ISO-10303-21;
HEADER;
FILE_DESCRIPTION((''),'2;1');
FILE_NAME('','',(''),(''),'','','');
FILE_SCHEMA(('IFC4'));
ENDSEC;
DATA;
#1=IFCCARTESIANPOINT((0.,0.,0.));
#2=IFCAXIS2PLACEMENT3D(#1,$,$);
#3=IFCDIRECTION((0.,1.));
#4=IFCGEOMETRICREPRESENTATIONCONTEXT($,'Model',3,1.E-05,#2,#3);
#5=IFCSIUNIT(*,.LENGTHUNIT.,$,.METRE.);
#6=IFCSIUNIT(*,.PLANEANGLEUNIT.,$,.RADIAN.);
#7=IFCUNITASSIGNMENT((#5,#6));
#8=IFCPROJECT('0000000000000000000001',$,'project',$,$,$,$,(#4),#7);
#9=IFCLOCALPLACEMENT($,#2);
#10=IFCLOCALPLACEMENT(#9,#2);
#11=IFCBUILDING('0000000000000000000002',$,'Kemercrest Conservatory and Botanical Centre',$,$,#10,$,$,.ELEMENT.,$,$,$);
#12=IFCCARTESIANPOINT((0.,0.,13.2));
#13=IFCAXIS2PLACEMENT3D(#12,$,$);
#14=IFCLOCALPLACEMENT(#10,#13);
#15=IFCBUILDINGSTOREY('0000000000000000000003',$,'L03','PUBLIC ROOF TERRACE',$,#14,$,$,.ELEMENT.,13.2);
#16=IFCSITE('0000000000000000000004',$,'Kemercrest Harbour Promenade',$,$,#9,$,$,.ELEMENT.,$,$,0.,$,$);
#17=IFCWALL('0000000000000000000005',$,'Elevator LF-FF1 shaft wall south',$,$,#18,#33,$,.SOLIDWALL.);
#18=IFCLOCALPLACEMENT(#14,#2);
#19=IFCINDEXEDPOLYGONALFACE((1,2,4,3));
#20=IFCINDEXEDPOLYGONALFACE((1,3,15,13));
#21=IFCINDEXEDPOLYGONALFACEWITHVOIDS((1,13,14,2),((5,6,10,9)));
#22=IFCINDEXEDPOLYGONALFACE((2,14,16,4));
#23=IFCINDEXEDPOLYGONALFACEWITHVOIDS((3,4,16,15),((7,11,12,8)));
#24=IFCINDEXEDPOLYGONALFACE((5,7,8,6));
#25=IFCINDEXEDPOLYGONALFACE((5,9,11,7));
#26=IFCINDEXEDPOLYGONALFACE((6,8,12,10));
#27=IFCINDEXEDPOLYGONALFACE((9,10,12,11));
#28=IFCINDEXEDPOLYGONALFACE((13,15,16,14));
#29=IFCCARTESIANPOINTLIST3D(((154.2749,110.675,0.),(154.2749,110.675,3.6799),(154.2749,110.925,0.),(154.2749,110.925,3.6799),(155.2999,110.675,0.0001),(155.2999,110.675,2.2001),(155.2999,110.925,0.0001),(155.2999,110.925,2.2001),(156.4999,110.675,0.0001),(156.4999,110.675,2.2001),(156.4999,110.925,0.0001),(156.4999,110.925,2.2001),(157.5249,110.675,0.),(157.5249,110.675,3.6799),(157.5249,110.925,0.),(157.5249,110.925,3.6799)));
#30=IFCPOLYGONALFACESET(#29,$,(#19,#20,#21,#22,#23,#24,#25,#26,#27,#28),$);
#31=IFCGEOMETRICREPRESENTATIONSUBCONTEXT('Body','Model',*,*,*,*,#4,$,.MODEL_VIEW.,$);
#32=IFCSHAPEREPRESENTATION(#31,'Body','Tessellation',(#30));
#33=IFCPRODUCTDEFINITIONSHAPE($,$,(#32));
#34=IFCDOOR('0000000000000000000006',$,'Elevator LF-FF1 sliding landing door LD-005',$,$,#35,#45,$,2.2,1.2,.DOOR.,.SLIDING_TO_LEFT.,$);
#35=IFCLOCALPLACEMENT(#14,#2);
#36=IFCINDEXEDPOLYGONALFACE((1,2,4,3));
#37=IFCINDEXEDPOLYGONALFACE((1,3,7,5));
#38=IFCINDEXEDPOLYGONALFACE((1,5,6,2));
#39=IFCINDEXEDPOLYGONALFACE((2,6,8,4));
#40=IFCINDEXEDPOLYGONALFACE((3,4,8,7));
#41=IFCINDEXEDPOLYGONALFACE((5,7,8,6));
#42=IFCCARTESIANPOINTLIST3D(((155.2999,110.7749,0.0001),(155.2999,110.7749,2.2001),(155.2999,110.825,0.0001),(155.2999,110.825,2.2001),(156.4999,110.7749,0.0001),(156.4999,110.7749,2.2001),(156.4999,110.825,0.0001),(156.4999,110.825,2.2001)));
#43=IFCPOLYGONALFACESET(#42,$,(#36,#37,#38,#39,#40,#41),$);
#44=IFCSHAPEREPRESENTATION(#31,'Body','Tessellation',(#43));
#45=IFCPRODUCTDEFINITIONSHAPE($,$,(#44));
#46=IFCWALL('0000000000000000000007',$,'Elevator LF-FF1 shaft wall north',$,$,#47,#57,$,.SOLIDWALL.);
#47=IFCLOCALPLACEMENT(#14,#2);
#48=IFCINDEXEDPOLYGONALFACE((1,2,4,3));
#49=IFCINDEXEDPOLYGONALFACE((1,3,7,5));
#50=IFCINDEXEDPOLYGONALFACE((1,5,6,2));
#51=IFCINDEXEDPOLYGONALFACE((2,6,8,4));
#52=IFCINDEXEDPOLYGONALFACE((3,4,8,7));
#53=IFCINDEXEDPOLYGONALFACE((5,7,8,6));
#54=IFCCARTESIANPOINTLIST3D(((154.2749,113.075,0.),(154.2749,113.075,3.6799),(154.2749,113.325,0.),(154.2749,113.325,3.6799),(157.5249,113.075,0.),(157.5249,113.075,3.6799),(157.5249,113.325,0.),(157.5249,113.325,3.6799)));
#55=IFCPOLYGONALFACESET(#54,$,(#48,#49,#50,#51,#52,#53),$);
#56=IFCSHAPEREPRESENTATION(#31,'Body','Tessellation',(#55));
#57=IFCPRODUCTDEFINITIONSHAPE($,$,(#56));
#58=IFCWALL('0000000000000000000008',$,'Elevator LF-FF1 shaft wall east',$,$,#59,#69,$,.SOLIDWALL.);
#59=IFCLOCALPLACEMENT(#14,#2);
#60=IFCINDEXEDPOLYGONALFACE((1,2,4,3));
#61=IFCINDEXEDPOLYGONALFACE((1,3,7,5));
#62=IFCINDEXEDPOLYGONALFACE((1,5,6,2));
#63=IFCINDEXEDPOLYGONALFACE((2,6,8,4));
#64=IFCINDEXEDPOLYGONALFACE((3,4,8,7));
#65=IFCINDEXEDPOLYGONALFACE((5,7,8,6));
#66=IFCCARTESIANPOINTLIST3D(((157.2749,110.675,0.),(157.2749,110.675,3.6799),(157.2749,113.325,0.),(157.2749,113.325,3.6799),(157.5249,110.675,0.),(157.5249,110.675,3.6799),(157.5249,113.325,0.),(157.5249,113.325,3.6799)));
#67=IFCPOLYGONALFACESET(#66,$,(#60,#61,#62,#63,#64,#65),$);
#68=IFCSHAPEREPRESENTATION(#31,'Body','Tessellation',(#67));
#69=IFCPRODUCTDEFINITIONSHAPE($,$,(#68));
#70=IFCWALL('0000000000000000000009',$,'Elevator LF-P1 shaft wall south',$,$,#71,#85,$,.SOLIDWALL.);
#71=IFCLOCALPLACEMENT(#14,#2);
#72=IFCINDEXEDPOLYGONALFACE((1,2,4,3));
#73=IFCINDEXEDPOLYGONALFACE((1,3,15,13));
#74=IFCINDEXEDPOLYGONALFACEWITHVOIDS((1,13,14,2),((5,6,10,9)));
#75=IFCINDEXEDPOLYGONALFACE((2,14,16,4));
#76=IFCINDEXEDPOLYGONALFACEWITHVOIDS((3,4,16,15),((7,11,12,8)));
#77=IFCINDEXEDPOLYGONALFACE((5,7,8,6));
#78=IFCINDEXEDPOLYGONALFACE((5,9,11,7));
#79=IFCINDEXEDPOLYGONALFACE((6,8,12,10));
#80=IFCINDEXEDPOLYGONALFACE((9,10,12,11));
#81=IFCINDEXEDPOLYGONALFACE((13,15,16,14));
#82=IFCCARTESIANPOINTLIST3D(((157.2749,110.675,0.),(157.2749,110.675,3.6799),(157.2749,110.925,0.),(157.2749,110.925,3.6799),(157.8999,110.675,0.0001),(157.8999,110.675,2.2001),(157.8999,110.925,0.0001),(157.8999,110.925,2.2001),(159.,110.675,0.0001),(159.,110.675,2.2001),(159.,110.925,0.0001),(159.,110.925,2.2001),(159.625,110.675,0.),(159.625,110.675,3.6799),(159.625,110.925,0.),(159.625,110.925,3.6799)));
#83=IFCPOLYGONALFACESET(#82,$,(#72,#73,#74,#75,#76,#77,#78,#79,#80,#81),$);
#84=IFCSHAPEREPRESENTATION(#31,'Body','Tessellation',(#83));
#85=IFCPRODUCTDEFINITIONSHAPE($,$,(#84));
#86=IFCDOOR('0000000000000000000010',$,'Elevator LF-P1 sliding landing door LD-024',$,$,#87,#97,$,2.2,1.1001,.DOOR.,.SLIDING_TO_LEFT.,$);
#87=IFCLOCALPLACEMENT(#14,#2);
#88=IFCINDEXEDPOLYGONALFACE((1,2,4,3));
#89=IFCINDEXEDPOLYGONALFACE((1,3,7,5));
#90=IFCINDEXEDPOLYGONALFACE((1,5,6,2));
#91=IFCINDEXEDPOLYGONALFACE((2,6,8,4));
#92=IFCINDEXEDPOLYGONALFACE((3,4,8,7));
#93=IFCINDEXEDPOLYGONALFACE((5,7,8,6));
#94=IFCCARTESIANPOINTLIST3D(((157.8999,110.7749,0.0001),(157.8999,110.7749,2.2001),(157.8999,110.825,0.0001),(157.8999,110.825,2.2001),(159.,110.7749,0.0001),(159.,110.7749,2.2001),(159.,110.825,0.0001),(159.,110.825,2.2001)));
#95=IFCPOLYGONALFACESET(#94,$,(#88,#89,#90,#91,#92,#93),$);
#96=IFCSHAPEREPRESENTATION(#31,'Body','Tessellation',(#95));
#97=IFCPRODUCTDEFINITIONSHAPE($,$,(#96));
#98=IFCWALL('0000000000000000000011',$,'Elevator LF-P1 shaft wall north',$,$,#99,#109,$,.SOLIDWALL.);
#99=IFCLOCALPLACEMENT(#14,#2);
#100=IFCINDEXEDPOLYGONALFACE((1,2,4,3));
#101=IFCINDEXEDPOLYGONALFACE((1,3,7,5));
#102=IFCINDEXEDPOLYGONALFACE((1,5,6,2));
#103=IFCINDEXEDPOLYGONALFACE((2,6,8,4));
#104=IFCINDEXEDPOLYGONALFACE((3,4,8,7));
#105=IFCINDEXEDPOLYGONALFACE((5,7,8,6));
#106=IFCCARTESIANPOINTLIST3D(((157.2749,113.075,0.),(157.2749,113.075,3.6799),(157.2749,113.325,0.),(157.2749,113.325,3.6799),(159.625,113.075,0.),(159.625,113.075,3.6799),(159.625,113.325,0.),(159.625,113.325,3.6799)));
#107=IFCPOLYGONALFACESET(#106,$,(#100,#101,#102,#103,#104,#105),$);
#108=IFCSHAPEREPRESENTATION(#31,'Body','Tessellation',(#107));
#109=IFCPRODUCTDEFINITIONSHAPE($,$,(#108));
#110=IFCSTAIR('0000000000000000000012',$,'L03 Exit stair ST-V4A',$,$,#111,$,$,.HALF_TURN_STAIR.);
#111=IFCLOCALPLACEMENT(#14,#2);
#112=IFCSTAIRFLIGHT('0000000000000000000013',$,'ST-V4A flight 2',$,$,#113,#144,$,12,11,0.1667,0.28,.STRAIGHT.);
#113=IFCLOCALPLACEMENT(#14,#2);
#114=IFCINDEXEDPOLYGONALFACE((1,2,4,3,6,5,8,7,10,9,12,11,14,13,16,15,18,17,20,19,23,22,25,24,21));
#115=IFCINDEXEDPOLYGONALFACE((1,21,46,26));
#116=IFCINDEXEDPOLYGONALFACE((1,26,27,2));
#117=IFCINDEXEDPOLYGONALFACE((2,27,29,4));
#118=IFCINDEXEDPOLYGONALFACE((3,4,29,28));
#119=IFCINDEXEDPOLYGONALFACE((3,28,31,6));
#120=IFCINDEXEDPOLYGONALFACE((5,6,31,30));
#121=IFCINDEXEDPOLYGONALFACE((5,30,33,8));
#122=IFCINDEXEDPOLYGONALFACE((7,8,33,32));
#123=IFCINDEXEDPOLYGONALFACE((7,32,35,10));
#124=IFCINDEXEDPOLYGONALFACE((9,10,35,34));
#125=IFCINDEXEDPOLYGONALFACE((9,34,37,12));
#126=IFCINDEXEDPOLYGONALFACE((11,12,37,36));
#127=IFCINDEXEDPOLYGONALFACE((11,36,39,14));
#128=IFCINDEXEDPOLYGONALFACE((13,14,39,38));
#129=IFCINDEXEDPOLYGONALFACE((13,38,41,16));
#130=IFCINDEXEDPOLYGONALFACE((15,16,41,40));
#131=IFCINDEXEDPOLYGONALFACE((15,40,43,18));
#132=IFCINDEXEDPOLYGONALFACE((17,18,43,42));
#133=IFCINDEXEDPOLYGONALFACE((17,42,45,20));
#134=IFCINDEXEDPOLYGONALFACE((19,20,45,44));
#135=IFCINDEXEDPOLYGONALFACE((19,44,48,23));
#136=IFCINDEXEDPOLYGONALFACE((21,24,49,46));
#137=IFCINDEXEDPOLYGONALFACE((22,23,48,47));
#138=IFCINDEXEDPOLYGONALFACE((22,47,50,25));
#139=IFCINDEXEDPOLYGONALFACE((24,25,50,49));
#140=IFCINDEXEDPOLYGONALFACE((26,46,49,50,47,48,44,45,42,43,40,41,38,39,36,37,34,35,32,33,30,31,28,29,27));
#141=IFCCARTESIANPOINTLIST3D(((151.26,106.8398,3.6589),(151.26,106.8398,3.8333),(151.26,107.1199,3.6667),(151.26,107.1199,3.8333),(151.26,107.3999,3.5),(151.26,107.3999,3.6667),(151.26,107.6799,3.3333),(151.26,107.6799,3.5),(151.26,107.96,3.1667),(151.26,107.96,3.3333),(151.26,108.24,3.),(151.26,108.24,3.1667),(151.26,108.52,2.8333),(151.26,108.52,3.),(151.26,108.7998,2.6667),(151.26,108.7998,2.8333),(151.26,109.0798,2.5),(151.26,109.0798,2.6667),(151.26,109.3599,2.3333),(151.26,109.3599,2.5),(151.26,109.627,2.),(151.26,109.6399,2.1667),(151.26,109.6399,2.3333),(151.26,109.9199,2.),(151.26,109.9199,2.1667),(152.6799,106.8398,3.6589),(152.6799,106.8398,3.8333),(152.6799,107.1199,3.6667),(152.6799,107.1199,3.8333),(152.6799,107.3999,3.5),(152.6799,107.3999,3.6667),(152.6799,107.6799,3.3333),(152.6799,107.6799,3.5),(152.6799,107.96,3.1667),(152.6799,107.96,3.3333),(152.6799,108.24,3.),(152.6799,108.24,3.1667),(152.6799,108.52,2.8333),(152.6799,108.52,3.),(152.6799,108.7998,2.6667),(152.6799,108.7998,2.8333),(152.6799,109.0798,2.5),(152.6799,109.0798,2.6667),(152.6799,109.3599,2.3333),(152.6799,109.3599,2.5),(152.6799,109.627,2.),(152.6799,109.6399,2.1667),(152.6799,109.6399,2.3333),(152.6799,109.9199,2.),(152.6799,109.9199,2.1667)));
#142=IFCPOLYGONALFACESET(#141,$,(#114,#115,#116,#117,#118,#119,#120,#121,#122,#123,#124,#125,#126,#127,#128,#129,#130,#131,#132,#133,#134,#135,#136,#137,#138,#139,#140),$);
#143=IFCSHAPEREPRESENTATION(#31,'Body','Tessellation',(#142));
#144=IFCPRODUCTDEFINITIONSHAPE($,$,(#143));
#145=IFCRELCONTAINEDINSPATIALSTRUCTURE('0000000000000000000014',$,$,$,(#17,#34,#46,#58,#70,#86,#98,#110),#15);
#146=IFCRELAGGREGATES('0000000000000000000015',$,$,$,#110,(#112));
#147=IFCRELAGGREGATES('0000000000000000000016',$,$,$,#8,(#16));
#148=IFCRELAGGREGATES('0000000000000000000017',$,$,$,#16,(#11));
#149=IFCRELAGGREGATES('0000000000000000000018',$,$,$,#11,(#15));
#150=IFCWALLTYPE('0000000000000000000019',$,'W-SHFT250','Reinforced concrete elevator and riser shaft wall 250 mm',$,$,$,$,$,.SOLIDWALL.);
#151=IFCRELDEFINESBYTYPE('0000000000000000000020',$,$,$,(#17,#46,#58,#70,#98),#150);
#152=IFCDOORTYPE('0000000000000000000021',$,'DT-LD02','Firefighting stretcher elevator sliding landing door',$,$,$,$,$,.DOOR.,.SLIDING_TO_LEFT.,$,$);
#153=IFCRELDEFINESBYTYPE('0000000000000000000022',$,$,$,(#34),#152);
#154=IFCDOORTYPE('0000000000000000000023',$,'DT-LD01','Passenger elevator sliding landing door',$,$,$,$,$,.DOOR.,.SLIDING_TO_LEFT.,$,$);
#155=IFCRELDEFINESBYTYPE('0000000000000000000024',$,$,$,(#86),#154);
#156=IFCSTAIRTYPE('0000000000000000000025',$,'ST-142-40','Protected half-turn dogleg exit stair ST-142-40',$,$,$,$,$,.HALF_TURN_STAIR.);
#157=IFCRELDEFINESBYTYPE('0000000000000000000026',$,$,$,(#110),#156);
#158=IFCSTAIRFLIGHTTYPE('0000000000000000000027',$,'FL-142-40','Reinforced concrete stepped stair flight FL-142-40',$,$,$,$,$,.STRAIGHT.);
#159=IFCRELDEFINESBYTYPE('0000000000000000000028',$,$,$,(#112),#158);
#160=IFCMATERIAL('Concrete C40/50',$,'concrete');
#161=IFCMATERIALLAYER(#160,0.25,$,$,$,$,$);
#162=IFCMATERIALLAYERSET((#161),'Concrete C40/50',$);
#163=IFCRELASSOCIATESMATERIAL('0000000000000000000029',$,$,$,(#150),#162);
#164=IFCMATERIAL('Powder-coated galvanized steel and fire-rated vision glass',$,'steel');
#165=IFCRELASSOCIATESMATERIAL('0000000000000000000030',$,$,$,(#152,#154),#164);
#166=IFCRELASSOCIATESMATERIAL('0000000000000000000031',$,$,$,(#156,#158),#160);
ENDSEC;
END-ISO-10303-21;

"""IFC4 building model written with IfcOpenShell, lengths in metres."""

from ifc_helpers import new_model, si_unit, direction, frame, frame_2d, origin, place, context, subcontext, project, spatial, polyline, rectangle, outline, extrude, material, layer, layer_set, type_object, element, fill, aggregate, save


model = new_model("IFC4")

# Units and contexts
model_context = context("Model", 3, precision=1e-05, world=origin(), true_north=direction((0.0, 1.0)))
body_context = subcontext(model_context, "Body", "Model", "MODEL_VIEW")
ifc_project = project(units=[si_unit("LENGTHUNIT", "METRE"), si_unit("PLANEANGLEUNIT", "RADIAN")], contexts=[model_context])

# Site, building, storey
site_placement = place(None, origin())
site = spatial("IfcSite", under=ifc_project, at=site_placement, Name="Kemercrest Harbour Promenade", CompositionType="ELEMENT", RefElevation=0.0)
building_placement = place(site_placement, origin())
building = spatial("IfcBuilding", under=site, at=building_placement, Name="Kemercrest Conservatory and Botanical Centre", CompositionType="ELEMENT")
storey_placement = place(building_placement, frame((0.0, 0.0, 13.2)))
storey = spatial("IfcBuildingStorey", under=building, at=storey_placement, Name="L03", Description="PUBLIC ROOF TERRACE", CompositionType="ELEMENT", Elevation=13.2)

# Shared definitions
ifc_material_1 = material(Name="Concrete C40/50", Category="concrete")

# Wall, opening, door
ifc_layer_1 = layer(ifc_material_1, 0.25)
ifc_layer_set_1 = layer_set([ifc_layer_1], Name="Concrete C40/50")
wall_type_1 = type_object("IfcWallType", Name="W-SHFT250", Description="Reinforced concrete elevator and riser shaft wall 250 mm", PredefinedType="SOLIDWALL", material=ifc_layer_set_1)
wall_1_placement = place(storey_placement, frame((154.2749, 110.8, 0.0), z_axis=(0.0, 0.0, 1.0), x_axis=(1.0, 0.0, 0.0)))
wall_1 = element("IfcWall", 1, at=wall_1_placement, inside=storey, type_object=wall_type_1, Name="Elevator LF-FF1 shaft wall south", PredefinedType="SOLIDWALL", context=body_context, shape_type="SweptSolid", body=[
    extrude(rectangle(XDim=3.25, YDim=0.25, at=frame_2d((1.625, 0.0))), origin(), (0.0, 0.0, 1.0), 3.6799),
])
opening_1_placement = place(wall_1_placement, frame((1.0249, 0.0, 0.0)))
opening_1 = element("IfcOpeningElement", 2, at=opening_1_placement, cuts=wall_1, PredefinedType="OPENING", context=body_context, shape_type="SweptSolid", body=[
    extrude(rectangle(XDim=1.2, YDim=2.2, at=frame_2d((0.6001, 1.1001))), frame((0.0, 0.135, 0.0), z_axis=(0.0, -1.0, 0.0), x_axis=(1.0, 0.0, 0.0)), (0.0, 0.0, 1.0), 0.27),
])
ifc_material_2 = material(Name="Powder-coated galvanized steel and fire-rated vision glass", Category="steel")
door_type_1 = type_object("IfcDoorType", Name="DT-LD02", Description="Firefighting stretcher elevator sliding landing door", OperationType="SLIDING_TO_LEFT", PredefinedType="DOOR", material=ifc_material_2)
door_1_placement = place(opening_1_placement, origin())
door_1 = element("IfcDoor", 3, at=door_1_placement, inside=storey, type_object=door_type_1, Name="Elevator LF-FF1 sliding landing door LD-005", OperationType="SLIDING_TO_LEFT", OverallHeight=2.2, OverallWidth=1.2, PredefinedType="DOOR", context=body_context, shape_type="SweptSolid", body=[
    extrude(rectangle(XDim=1.2, YDim=2.2, at=frame_2d((0.6001, 1.1001))), frame((0.0, 0.0249, 0.0), z_axis=(0.0, -1.0, 0.0), x_axis=(1.0, 0.0, 0.0)), (0.0, 0.0, 1.0), 0.05),
])
fill(opening_1, door_1)

# Walls
wall_2_placement = place(storey_placement, frame((154.2749, 113.2, 0.0), z_axis=(0.0, 0.0, 1.0), x_axis=(1.0, 0.0, 0.0)))
element("IfcWall", 4, at=wall_2_placement, inside=storey, type_object=wall_type_1, Name="Elevator LF-FF1 shaft wall north", PredefinedType="SOLIDWALL", context=body_context, shape_type="SweptSolid", body=[
    extrude(rectangle(XDim=3.25, YDim=0.25, at=frame_2d((1.625, 0.0))), origin(), (0.0, 0.0, 1.0), 3.6799),
])
wall_3_placement = place(storey_placement, frame((157.3999, 110.675, 0.0), z_axis=(0.0, 0.0, 1.0), x_axis=(0.0, 1.0, 0.0)))
element("IfcWall", 5, at=wall_3_placement, inside=storey, type_object=wall_type_1, Name="Elevator LF-FF1 shaft wall east", PredefinedType="SOLIDWALL", context=body_context, shape_type="SweptSolid", body=[
    extrude(rectangle(XDim=2.6499, YDim=0.25, at=frame_2d((1.325, 0.0))), origin(), (0.0, 0.0, 1.0), 3.6799),
])

# Wall, opening, door
wall_4_placement = place(storey_placement, frame((157.2749, 110.8, 0.0), z_axis=(0.0, 0.0, 1.0), x_axis=(1.0, 0.0, 0.0)))
wall_4 = element("IfcWall", 6, at=wall_4_placement, inside=storey, type_object=wall_type_1, Name="Elevator LF-P1 shaft wall south", PredefinedType="SOLIDWALL", context=body_context, shape_type="SweptSolid", body=[
    extrude(rectangle(XDim=2.3501, YDim=0.25, at=frame_2d((1.175, 0.0))), origin(), (0.0, 0.0, 1.0), 3.6799),
])
opening_2_placement = place(wall_4_placement, frame((0.625, 0.0, 0.0)))
opening_2 = element("IfcOpeningElement", 7, at=opening_2_placement, cuts=wall_4, PredefinedType="OPENING", context=body_context, shape_type="SweptSolid", body=[
    extrude(rectangle(XDim=1.1001, YDim=2.2, at=frame_2d((0.55, 1.1001))), frame((0.0, 0.135, 0.0), z_axis=(0.0, -1.0, 0.0), x_axis=(1.0, 0.0, 0.0)), (0.0, 0.0, 1.0), 0.27),
])
door_type_2 = type_object("IfcDoorType", Name="DT-LD01", Description="Passenger elevator sliding landing door", OperationType="SLIDING_TO_LEFT", PredefinedType="DOOR", material=ifc_material_2)
door_2_placement = place(opening_2_placement, origin())
door_2 = element("IfcDoor", 8, at=door_2_placement, inside=storey, type_object=door_type_2, Name="Elevator LF-P1 sliding landing door LD-024", OperationType="SLIDING_TO_LEFT", OverallHeight=2.2, OverallWidth=1.1001, PredefinedType="DOOR", context=body_context, shape_type="SweptSolid", body=[
    extrude(rectangle(XDim=1.1001, YDim=2.2, at=frame_2d((0.55, 1.1001))), frame((0.0, 0.0249, 0.0), z_axis=(0.0, -1.0, 0.0), x_axis=(1.0, 0.0, 0.0)), (0.0, 0.0, 1.0), 0.05),
])
fill(opening_2, door_2)

# Wall
wall_5_placement = place(storey_placement, frame((157.2749, 113.2, 0.0), z_axis=(0.0, 0.0, 1.0), x_axis=(1.0, 0.0, 0.0)))
element("IfcWall", 9, at=wall_5_placement, inside=storey, type_object=wall_type_1, Name="Elevator LF-P1 shaft wall north", PredefinedType="SOLIDWALL", context=body_context, shape_type="SweptSolid", body=[
    extrude(rectangle(XDim=2.3501, YDim=0.25, at=frame_2d((1.175, 0.0))), origin(), (0.0, 0.0, 1.0), 3.6799),
])

# Stair, stair flight
stair_type = type_object("IfcStairType", Name="ST-142-40", Description="Protected half-turn dogleg exit stair ST-142-40", PredefinedType="HALF_TURN_STAIR", material=ifc_material_1)
stair_placement = place(storey_placement, origin())
stair = element("IfcStair", 10, at=stair_placement, inside=storey, type_object=stair_type, Name="L03 Exit stair ST-V4A", PredefinedType="HALF_TURN_STAIR")
stair_flight_type = type_object("IfcStairFlightType", Name="FL-142-40", Description="Reinforced concrete stepped stair flight FL-142-40", PredefinedType="STRAIGHT", material=ifc_material_1)
stair_flight_placement = place(storey_placement, frame((151.97, 109.9199, 2.0), z_axis=(0.0, 0.0, 1.0), x_axis=(0.0, -1.0, 0.0)))
stair_flight = element("IfcStairFlight", 11, at=stair_flight_placement, type_object=stair_flight_type, Name="ST-V4A flight 2", NumberOfRisers=12, NumberOfTreads=11, PredefinedType="STRAIGHT", RiserHeight=0.1667, TreadLength=0.28, context=body_context, shape_type="SweptSolid", body=[
    extrude(outline(polyline([(0.0, 0.0), (0.0, 0.1667), (0.28, 0.1667), (0.28, 0.3333), (0.5601, 0.3333), (0.5601, 0.5), (0.8401, 0.5), (0.8401, 0.6667), (1.1201, 0.6667), (1.1201, 0.8333), (1.3999, 0.8333), (1.3999, 1.0), (1.6799, 1.0), (1.6799, 1.1667), (1.96, 1.1667), (1.96, 1.3333), (2.24, 1.3333), (2.24, 1.5), (2.52, 1.5), (2.52, 1.6667), (2.8, 1.6667), (2.8, 1.8333), (3.0801, 1.8333), (3.0801, 2.0), (3.0801, 1.6589), (0.293, 0.0), (0.0, 0.0)])), frame((0.0, 0.71, 0.0), z_axis=(0.0, -1.0, 0.0), x_axis=(1.0, 0.0, 0.0)), (0.0, 0.0, 1.0), 1.4199),
])
aggregate(stair, [stair_flight])

save(model, "model.ifc")
